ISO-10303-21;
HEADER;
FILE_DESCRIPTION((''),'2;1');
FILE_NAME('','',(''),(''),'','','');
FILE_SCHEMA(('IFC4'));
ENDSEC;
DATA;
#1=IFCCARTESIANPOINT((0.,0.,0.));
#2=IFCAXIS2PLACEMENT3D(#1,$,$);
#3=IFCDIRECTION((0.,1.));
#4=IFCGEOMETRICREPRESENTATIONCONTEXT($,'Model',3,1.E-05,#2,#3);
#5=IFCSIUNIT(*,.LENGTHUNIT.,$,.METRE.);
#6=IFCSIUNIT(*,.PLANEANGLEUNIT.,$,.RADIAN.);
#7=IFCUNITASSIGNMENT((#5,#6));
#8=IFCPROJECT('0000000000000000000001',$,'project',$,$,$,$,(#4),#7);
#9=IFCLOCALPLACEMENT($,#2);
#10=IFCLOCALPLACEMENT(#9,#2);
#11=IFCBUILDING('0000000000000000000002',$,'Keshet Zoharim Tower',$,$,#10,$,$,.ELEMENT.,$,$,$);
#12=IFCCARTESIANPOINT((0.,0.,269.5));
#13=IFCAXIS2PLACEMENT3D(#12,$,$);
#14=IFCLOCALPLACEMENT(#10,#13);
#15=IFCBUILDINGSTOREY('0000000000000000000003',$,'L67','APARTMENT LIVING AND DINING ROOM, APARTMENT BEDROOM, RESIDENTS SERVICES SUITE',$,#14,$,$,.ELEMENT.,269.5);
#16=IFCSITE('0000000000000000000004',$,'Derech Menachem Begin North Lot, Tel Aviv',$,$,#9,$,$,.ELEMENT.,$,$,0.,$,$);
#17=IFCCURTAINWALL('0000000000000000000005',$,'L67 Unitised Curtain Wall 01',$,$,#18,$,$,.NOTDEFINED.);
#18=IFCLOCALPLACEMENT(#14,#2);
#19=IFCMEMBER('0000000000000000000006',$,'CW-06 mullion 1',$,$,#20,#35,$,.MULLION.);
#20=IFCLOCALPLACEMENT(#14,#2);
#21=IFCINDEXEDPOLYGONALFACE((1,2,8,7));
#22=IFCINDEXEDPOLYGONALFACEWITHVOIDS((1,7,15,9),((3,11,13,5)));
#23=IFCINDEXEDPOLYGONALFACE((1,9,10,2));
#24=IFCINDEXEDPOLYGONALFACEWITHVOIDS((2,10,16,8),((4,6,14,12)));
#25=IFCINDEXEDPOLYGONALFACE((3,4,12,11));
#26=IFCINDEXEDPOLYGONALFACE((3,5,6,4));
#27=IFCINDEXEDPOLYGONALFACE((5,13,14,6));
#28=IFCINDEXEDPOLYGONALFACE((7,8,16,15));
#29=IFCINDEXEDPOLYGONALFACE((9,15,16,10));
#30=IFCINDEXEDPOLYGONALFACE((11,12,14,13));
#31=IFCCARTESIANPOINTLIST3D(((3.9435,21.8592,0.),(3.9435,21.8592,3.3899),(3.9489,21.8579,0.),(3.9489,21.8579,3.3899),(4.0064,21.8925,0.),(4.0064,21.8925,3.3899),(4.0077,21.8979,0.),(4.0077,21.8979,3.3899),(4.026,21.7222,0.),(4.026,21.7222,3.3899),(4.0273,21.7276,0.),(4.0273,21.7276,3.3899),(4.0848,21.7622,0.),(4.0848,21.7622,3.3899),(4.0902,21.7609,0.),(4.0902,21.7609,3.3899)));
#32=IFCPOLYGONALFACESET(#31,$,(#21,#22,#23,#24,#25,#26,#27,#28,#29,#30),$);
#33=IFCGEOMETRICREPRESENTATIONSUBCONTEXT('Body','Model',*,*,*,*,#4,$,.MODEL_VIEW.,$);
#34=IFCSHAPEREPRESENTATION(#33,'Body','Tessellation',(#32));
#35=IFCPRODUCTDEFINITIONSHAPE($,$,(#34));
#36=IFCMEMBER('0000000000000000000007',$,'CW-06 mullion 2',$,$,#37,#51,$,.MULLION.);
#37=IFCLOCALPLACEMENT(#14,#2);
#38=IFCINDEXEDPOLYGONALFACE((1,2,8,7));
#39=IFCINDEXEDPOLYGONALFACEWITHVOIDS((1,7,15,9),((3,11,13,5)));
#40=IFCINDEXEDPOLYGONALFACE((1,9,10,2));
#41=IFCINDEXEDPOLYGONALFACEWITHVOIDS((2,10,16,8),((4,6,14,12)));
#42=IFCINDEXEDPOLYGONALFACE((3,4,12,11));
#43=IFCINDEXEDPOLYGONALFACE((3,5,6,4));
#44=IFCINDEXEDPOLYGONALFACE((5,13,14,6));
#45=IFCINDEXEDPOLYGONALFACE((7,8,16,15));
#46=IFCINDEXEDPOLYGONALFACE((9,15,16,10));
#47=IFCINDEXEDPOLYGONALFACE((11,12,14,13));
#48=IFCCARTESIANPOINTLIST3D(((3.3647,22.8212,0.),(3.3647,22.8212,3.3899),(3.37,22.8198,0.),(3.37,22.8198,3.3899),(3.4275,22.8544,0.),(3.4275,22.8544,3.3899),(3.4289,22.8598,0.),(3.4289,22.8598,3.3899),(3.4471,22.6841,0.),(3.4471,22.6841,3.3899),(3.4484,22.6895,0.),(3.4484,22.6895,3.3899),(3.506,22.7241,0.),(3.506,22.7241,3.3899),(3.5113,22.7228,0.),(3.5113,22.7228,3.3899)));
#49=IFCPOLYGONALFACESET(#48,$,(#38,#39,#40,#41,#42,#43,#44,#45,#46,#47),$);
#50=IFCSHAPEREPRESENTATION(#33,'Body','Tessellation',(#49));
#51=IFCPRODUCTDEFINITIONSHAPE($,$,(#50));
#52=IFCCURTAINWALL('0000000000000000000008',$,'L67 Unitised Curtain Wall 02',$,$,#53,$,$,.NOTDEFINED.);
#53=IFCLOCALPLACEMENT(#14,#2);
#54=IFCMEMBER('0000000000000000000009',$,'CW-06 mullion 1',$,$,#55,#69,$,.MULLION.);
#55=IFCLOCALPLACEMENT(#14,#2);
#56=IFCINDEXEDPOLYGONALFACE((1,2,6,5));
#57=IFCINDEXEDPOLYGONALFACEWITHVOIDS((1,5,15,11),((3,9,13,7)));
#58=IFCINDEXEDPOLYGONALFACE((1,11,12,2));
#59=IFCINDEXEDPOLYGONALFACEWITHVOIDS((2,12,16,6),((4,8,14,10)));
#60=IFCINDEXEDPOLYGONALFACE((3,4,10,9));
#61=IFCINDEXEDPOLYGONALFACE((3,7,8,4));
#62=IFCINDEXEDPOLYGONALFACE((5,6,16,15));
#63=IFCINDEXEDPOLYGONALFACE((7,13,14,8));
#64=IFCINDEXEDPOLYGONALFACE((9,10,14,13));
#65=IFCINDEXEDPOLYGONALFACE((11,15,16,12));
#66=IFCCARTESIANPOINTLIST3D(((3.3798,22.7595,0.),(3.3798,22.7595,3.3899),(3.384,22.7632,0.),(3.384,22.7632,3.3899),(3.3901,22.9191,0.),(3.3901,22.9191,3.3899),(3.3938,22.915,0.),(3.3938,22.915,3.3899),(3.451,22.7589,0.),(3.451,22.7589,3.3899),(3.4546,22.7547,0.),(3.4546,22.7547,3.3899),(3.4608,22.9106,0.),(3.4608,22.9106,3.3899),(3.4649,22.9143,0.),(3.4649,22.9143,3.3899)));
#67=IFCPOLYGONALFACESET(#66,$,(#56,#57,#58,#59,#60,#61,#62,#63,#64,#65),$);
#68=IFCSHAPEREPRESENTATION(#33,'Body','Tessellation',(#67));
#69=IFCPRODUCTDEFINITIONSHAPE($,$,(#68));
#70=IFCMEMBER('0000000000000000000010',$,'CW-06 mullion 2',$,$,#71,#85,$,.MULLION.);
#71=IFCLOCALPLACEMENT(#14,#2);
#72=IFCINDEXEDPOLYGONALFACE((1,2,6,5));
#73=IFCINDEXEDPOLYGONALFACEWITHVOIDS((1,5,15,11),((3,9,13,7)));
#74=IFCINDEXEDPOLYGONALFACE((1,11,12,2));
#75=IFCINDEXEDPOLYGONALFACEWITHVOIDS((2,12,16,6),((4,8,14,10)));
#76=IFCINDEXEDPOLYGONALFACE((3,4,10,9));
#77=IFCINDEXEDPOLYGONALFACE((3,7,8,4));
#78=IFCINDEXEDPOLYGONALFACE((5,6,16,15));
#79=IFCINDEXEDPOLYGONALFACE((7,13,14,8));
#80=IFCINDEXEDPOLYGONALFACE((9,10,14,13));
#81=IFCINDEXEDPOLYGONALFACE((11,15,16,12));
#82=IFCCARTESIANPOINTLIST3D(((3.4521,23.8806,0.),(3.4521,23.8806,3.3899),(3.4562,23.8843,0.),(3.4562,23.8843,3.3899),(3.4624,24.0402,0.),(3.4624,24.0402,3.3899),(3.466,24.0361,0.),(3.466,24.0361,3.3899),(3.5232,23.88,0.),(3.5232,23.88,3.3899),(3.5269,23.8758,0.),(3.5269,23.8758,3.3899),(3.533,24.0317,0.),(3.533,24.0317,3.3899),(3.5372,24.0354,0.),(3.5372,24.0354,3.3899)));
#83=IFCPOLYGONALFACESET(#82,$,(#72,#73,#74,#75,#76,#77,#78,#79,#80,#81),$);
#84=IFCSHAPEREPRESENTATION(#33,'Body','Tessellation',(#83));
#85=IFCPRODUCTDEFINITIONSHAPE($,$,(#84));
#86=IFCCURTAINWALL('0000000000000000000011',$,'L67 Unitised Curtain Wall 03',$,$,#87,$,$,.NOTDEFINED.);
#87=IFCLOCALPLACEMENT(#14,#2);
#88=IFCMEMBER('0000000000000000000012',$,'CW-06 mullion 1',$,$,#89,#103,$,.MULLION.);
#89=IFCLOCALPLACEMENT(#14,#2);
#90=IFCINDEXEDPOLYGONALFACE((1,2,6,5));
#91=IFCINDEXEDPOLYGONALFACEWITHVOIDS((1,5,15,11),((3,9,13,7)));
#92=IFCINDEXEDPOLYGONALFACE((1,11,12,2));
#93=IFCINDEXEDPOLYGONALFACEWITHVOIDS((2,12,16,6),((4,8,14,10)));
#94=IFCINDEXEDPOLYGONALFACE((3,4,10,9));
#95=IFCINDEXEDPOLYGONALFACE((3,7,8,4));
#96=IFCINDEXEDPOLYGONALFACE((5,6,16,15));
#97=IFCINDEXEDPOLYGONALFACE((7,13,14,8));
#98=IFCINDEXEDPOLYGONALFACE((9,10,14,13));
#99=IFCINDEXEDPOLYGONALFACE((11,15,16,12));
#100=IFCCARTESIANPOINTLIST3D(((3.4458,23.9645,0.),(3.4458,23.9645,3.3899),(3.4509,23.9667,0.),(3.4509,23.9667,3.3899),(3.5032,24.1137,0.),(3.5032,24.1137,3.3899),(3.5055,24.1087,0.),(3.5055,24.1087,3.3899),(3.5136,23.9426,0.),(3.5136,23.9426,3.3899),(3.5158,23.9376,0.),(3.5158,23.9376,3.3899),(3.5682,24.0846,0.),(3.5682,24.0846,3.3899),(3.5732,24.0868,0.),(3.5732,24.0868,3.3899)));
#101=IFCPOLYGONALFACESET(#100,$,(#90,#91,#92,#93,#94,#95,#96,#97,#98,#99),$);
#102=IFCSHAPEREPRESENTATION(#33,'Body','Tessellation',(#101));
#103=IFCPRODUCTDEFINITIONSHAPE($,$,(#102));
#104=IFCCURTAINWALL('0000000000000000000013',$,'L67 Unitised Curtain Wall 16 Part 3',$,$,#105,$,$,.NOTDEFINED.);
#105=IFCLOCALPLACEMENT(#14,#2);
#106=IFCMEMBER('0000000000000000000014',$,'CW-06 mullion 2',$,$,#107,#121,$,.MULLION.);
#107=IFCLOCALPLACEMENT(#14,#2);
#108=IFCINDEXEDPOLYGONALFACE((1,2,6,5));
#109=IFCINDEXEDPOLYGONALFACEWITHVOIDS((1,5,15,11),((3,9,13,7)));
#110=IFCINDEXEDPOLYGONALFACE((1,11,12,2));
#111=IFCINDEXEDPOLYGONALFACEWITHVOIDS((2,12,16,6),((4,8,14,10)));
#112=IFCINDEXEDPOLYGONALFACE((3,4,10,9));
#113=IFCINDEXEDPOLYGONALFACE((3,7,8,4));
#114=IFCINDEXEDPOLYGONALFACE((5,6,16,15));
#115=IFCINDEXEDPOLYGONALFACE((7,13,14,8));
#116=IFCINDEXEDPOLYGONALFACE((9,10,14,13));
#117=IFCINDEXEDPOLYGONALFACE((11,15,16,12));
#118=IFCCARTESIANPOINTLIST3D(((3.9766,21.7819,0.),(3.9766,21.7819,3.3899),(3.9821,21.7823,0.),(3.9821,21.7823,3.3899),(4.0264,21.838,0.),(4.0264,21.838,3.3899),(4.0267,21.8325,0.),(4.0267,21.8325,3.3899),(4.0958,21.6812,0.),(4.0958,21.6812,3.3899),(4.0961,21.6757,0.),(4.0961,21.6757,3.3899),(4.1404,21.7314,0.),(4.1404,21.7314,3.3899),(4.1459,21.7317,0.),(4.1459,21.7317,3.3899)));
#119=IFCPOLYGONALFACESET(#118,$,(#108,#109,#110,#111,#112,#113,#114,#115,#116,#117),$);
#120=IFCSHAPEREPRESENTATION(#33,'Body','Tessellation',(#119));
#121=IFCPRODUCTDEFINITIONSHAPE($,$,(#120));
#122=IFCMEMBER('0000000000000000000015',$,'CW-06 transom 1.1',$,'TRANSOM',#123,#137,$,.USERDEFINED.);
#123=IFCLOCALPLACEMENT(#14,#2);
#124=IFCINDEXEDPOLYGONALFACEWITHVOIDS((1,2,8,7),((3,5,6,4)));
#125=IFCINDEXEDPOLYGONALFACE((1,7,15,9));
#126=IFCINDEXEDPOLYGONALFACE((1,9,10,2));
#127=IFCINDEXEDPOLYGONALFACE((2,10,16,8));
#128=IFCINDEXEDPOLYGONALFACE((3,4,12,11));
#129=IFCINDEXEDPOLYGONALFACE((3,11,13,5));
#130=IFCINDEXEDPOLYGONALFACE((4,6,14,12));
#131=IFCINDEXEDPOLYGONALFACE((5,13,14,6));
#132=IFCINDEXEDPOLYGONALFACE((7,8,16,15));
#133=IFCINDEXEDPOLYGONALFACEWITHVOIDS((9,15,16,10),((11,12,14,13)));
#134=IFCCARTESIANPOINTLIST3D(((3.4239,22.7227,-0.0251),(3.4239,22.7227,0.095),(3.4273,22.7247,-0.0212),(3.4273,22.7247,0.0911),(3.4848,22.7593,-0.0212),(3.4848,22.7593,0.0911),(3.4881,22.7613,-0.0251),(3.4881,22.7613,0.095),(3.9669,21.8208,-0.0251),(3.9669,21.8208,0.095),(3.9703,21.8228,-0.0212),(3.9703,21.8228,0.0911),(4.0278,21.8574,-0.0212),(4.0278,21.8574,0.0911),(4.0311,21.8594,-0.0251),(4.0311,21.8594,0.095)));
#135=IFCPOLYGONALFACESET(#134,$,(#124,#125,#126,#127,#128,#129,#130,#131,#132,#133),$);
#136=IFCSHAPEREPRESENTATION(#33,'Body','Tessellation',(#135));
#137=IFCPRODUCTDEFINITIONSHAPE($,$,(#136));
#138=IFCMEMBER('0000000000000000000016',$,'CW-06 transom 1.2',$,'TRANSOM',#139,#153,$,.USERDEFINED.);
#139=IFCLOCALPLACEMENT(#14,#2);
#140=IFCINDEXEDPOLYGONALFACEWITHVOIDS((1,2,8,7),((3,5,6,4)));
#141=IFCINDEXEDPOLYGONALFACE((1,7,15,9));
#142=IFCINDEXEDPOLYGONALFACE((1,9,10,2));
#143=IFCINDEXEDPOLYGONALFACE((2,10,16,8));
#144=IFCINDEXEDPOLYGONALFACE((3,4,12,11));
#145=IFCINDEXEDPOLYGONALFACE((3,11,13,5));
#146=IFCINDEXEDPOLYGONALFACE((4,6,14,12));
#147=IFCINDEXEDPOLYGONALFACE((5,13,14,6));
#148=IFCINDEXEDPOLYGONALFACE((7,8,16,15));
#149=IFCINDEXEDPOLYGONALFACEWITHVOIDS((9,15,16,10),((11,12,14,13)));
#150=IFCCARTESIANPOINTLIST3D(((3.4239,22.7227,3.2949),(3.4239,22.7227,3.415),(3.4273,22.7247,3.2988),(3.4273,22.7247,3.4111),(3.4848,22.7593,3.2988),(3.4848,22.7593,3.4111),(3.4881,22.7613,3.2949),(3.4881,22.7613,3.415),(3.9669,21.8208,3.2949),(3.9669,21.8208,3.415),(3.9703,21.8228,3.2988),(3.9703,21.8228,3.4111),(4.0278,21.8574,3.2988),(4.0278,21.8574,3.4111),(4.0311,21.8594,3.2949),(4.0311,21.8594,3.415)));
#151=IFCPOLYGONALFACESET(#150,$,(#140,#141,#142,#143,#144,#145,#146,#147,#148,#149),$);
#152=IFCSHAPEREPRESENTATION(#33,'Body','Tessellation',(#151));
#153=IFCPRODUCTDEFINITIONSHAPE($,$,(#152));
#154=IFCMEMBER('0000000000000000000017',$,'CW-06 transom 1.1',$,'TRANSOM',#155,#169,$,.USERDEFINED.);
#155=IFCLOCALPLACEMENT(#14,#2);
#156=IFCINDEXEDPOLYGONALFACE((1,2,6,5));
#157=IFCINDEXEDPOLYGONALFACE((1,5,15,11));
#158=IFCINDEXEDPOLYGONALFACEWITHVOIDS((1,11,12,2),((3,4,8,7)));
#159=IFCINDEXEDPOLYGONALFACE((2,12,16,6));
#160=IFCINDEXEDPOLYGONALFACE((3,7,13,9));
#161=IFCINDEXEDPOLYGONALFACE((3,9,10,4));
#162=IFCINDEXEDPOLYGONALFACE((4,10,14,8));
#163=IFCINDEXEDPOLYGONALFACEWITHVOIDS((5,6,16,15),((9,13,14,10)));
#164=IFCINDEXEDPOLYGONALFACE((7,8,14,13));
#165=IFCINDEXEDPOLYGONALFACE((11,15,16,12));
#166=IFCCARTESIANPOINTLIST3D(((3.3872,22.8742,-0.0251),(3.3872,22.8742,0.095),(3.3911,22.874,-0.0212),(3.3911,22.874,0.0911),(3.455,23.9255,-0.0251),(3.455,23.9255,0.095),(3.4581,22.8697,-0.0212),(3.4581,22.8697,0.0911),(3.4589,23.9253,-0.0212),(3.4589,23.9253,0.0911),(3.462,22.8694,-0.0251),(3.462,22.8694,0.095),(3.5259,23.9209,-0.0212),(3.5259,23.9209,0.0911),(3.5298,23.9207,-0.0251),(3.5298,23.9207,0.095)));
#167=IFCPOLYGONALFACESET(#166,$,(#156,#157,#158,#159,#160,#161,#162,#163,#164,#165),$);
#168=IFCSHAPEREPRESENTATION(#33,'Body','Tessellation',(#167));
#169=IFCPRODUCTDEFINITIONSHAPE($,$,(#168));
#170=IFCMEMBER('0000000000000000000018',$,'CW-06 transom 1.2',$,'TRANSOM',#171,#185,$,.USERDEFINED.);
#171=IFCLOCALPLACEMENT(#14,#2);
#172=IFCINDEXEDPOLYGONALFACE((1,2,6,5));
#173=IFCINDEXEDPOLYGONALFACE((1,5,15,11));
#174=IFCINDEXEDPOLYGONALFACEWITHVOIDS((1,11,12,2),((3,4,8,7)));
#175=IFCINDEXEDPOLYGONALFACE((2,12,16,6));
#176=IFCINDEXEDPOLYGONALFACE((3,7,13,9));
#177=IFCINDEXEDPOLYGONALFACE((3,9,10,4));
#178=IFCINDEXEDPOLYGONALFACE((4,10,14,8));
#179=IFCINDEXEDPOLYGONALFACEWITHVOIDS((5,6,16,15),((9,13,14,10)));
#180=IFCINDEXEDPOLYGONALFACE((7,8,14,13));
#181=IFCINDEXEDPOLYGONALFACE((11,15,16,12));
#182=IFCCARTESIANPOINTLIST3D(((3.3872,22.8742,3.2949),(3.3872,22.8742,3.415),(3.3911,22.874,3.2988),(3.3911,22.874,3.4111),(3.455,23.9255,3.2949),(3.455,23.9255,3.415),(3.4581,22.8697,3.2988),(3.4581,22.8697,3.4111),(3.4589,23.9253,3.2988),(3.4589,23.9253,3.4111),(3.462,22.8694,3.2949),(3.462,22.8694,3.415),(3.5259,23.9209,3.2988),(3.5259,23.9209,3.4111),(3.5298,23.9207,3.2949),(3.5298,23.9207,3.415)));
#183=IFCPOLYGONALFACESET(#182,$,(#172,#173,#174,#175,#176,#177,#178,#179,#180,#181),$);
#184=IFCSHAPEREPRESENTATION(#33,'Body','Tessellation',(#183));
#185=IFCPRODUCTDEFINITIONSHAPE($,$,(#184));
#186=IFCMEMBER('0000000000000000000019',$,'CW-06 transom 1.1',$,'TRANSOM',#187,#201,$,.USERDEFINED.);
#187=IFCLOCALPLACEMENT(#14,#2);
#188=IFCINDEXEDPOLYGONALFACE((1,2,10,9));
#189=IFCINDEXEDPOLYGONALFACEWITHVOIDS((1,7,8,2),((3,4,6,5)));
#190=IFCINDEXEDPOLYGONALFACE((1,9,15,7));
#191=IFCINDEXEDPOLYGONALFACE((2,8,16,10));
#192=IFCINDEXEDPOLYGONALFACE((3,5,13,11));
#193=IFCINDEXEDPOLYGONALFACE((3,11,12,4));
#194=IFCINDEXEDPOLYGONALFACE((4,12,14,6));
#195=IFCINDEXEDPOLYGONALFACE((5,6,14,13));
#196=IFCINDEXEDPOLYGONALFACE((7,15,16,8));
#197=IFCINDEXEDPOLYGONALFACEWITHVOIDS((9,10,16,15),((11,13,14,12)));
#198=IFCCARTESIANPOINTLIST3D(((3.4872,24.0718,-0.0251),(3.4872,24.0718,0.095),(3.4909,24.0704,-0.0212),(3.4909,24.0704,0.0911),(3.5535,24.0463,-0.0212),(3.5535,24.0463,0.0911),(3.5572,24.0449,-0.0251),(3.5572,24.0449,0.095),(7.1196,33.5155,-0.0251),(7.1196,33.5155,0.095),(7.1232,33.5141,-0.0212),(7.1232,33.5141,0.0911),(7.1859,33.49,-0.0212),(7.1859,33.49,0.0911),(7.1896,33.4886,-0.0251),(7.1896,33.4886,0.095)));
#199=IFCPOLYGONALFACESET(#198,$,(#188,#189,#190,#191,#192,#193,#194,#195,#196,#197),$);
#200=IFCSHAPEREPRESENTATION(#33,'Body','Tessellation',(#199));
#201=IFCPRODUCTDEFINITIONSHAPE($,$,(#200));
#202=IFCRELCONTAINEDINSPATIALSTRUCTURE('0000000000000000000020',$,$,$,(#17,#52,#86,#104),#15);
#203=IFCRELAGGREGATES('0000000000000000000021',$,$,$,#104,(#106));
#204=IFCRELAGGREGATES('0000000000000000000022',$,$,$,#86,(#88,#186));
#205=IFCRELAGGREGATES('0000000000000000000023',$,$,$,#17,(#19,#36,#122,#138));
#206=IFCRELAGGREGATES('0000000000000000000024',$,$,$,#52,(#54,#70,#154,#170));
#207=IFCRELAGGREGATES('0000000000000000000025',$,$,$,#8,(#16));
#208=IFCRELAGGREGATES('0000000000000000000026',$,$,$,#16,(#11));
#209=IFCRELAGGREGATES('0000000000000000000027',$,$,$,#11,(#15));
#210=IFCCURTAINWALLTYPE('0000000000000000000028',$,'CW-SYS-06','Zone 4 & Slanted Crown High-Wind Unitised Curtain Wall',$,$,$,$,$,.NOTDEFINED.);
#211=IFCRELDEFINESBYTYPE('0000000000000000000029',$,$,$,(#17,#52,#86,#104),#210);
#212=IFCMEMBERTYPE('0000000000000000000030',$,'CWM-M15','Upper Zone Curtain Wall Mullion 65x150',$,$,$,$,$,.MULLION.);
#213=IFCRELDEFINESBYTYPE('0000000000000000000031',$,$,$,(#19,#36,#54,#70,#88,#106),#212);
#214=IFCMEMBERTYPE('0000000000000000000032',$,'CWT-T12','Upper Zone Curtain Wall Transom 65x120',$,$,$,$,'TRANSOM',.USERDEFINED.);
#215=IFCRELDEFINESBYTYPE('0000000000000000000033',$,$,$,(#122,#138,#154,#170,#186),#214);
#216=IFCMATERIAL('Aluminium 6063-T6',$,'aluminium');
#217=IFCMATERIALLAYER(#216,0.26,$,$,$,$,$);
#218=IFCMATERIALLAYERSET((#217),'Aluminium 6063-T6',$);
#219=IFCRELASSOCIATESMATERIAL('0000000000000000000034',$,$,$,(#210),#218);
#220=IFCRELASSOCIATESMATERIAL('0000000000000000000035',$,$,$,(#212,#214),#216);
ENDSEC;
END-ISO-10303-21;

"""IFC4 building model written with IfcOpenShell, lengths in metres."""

from ifc_helpers import new_model, si_unit, direction, frame, origin, origin_2d, place, context, subcontext, project, spatial, hollow_rectangle, extrude, material, layer, layer_set, material_profile, profile_set, type_object, element, aggregate, save


model = new_model("IFC4")

# Units and contexts
model_context = context("Model", 3, precision=1e-05, world=origin(), true_north=direction((0.0, 1.0)))
body_context = subcontext(model_context, "Body", "Model", "MODEL_VIEW")
ifc_project = project(units=[si_unit("LENGTHUNIT", "METRE"), si_unit("PLANEANGLEUNIT", "RADIAN")], contexts=[model_context])

# Site, building, storey
site_placement = place(None, origin())
site = spatial("IfcSite", under=ifc_project, at=site_placement, Name="Derech Menachem Begin North Lot, Tel Aviv", CompositionType="ELEMENT", RefElevation=0.0)
building_placement = place(site_placement, origin())
building = spatial("IfcBuilding", under=site, at=building_placement, Name="Keshet Zoharim Tower", CompositionType="ELEMENT")
storey_placement = place(building_placement, frame((0.0, 0.0, 269.5)))
storey = spatial("IfcBuildingStorey", under=building, at=storey_placement, Name="L67", Description="APARTMENT LIVING AND DINING ROOM, APARTMENT BEDROOM, RESIDENTS SERVICES SUITE", CompositionType="ELEMENT", Elevation=269.5)

# Curtain walls, members
ifc_material_1 = material(Name="Aluminium 6063-T6", Category="aluminium")
ifc_layer_1 = layer(ifc_material_1, 0.26)
ifc_layer_set_1 = layer_set([ifc_layer_1], Name="Aluminium 6063-T6")
curtain_wall_type = type_object("IfcCurtainWallType", Name="CW-SYS-06", Description="Zone 4 & Slanted Crown High-Wind Unitised Curtain Wall", PredefinedType="NOTDEFINED", material=ifc_layer_set_1)
curtain_wall_1_placement = place(storey_placement, origin())
curtain_wall_1 = element("IfcCurtainWall", 1, at=curtain_wall_1_placement, inside=storey, type_object=curtain_wall_type, Name="L67 Unitised Curtain Wall 01", PredefinedType="NOTDEFINED")
ifc_material_profile_1 = material_profile(ifc_material_1, hollow_rectangle(XDim=0.075, YDim=0.1599, WallThickness=0.0039, at=origin_2d()), Name="MUL-75x160")
ifc_profile_set_1 = profile_set([ifc_material_profile_1], Name="Aluminium 6063-T6")
member_type_1 = type_object("IfcMemberType", Name="CWM-M15", Description="Upper Zone Curtain Wall Mullion 65x150", PredefinedType="MULLION", material=ifc_profile_set_1)
member_1_placement = place(storey_placement, frame((4.0168, 21.8101, 0.0), z_axis=(0.0, 0.0, 1.0), x_axis=(-0.856826, -0.515605, 0.0)))
member_1 = element("IfcMember", 2, at=member_1_placement, type_object=member_type_1, Name="CW-06 mullion 1", PredefinedType="MULLION", context=body_context, shape_type="SweptSolid", body=[
    extrude(hollow_rectangle(XDim=0.075, YDim=0.1599, WallThickness=0.0039, at=origin_2d()), origin(), (0.0, 0.0, 1.0), 3.3899),
])
member_2_placement = place(storey_placement, frame((3.438, 22.772, 0.0), z_axis=(0.0, 0.0, 1.0), x_axis=(-0.856826, -0.515605, 0.0)))
member_2 = element("IfcMember", 3, at=member_2_placement, type_object=member_type_1, Name="CW-06 mullion 2", PredefinedType="MULLION", context=body_context, shape_type="SweptSolid", body=[
    extrude(hollow_rectangle(XDim=0.075, YDim=0.1599, WallThickness=0.0039, at=origin_2d()), origin(), (0.0, 0.0, 1.0), 3.3899),
])
curtain_wall_2_placement = place(storey_placement, origin())
curtain_wall_2 = element("IfcCurtainWall", 4, at=curtain_wall_2_placement, inside=storey, type_object=curtain_wall_type, Name="L67 Unitised Curtain Wall 02", PredefinedType="NOTDEFINED")
member_3_placement = place(storey_placement, frame((3.4224, 22.8369, 0.0), z_axis=(0.0, 0.0, 1.0), x_axis=(-0.997917, 0.064517, 0.0)))
member_3 = element("IfcMember", 5, at=member_3_placement, type_object=member_type_1, Name="CW-06 mullion 1", PredefinedType="MULLION", context=body_context, shape_type="SweptSolid", body=[
    extrude(hollow_rectangle(XDim=0.075, YDim=0.1599, WallThickness=0.0039, at=origin_2d()), origin(), (0.0, 0.0, 1.0), 3.3899),
])
member_4_placement = place(storey_placement, frame((3.4946, 23.958, 0.0), z_axis=(0.0, 0.0, 1.0), x_axis=(-0.997917, 0.064517, 0.0)))
member_4 = element("IfcMember", 6, at=member_4_placement, type_object=member_type_1, Name="CW-06 mullion 2", PredefinedType="MULLION", context=body_context, shape_type="SweptSolid", body=[
    extrude(hollow_rectangle(XDim=0.075, YDim=0.1599, WallThickness=0.0039, at=origin_2d()), origin(), (0.0, 0.0, 1.0), 3.3899),
])

# Curtain walls, members
curtain_wall_3_placement = place(storey_placement, origin())
curtain_wall_3 = element("IfcCurtainWall", 7, at=curtain_wall_3_placement, inside=storey, type_object=curtain_wall_type, Name="L67 Unitised Curtain Wall 03", PredefinedType="NOTDEFINED")
member_5_placement = place(storey_placement, frame((3.5095, 24.0256, 0.0), z_axis=(0.0, 0.0, 1.0), x_axis=(-0.933341, 0.35899, 0.0)))
member_5 = element("IfcMember", 8, at=member_5_placement, type_object=member_type_1, Name="CW-06 mullion 1", PredefinedType="MULLION", context=body_context, shape_type="SweptSolid", body=[
    extrude(hollow_rectangle(XDim=0.075, YDim=0.1599, WallThickness=0.0039, at=origin_2d()), origin(), (0.0, 0.0, 1.0), 3.3899),
])
curtain_wall_4_placement = place(storey_placement, origin())
curtain_wall_4 = element("IfcCurtainWall", 9, at=curtain_wall_4_placement, inside=storey, type_object=curtain_wall_type, Name="L67 Unitised Curtain Wall 16 Part 3", PredefinedType="NOTDEFINED")
member_6_placement = place(storey_placement, frame((4.0613, 21.7568, 0.0), z_axis=(0.0, 0.0, 1.0), x_axis=(-0.664364, -0.747409, 0.0)))
member_6 = element("IfcMember", 10, at=member_6_placement, type_object=member_type_1, Name="CW-06 mullion 2", PredefinedType="MULLION", context=body_context, shape_type="SweptSolid", body=[
    extrude(hollow_rectangle(XDim=0.075, YDim=0.1599, WallThickness=0.0039, at=origin_2d()), origin(), (0.0, 0.0, 1.0), 3.3899),
])
aggregate(curtain_wall_4, [member_6])

# Members
ifc_material_profile_2 = material_profile(ifc_material_1, hollow_rectangle(XDim=0.075, YDim=0.1201, WallThickness=0.0039, at=origin_2d()), Name="TRN-75x120")
ifc_profile_set_2 = profile_set([ifc_material_profile_2], Name="Aluminium 6063-T6")
member_type_2 = type_object("IfcMemberType", Name="CWT-T12", Description="Upper Zone Curtain Wall Transom 65x120", ElementType="TRANSOM", PredefinedType="USERDEFINED", material=ifc_profile_set_2)
member_7_placement = place(storey_placement, frame((3.999, 21.8401, 0.0349), z_axis=(-0.515791, 0.856714, 0.0), x_axis=(-0.856714, -0.515791, 0.0)))
member_7 = element("IfcMember", 11, at=member_7_placement, type_object=member_type_2, Name="CW-06 transom 1.1", ObjectType="TRANSOM", PredefinedType="USERDEFINED", context=body_context, shape_type="SweptSolid", body=[
    extrude(hollow_rectangle(XDim=0.075, YDim=0.1201, WallThickness=0.0039, at=origin_2d()), origin(), (0.0, 0.0, 1.0), 1.0527),
])
member_8_placement = place(storey_placement, frame((3.999, 21.8401, 3.355), z_axis=(-0.515791, 0.856714, 0.0), x_axis=(-0.856714, -0.515791, 0.0)))
member_8 = element("IfcMember", 12, at=member_8_placement, type_object=member_type_2, Name="CW-06 transom 1.2", ObjectType="TRANSOM", PredefinedType="USERDEFINED", context=body_context, shape_type="SweptSolid", body=[
    extrude(hollow_rectangle(XDim=0.075, YDim=0.1201, WallThickness=0.0039, at=origin_2d()), origin(), (0.0, 0.0, 1.0), 1.0527),
])
member_9_placement = place(storey_placement, frame((3.4246, 22.8718, 0.0349), z_axis=(0.064427, 0.997922, 0.0), x_axis=(-0.997922, 0.064427, 0.0)))
member_9 = element("IfcMember", 13, at=member_9_placement, type_object=member_type_2, Name="CW-06 transom 1.1", ObjectType="TRANSOM", PredefinedType="USERDEFINED", context=body_context, shape_type="SweptSolid", body=[
    extrude(hollow_rectangle(XDim=0.075, YDim=0.1201, WallThickness=0.0039, at=origin_2d()), origin(), (0.0, 0.0, 1.0), 1.0535),
])
member_10_placement = place(storey_placement, frame((3.4246, 22.8718, 3.355), z_axis=(0.064427, 0.997922, 0.0), x_axis=(-0.997922, 0.064427, 0.0)))
member_10 = element("IfcMember", 14, at=member_10_placement, type_object=member_type_2, Name="CW-06 transom 1.2", ObjectType="TRANSOM", PredefinedType="USERDEFINED", context=body_context, shape_type="SweptSolid", body=[
    extrude(hollow_rectangle(XDim=0.075, YDim=0.1201, WallThickness=0.0039, at=origin_2d()), origin(), (0.0, 0.0, 1.0), 1.0535),
])
member_11_placement = place(storey_placement, frame((3.5222, 24.0583, 0.0349), z_axis=(0.358994, 0.93334, 0.0), x_axis=(-0.93334, 0.358994, 0.0)))
member_11 = element("IfcMember", 15, at=member_11_placement, type_object=member_type_2, Name="CW-06 transom 1.1", ObjectType="TRANSOM", PredefinedType="USERDEFINED", context=body_context, shape_type="SweptSolid", body=[
    extrude(hollow_rectangle(XDim=0.075, YDim=0.1201, WallThickness=0.0039, at=origin_2d()), origin(), (0.0, 0.0, 1.0), 10.1182),
])
aggregate(curtain_wall_3, [member_5, member_11])

aggregate(curtain_wall_1, [member_1, member_2, member_7, member_8])
aggregate(curtain_wall_2, [member_3, member_4, member_9, member_10])

save(model, "model.ifc")
